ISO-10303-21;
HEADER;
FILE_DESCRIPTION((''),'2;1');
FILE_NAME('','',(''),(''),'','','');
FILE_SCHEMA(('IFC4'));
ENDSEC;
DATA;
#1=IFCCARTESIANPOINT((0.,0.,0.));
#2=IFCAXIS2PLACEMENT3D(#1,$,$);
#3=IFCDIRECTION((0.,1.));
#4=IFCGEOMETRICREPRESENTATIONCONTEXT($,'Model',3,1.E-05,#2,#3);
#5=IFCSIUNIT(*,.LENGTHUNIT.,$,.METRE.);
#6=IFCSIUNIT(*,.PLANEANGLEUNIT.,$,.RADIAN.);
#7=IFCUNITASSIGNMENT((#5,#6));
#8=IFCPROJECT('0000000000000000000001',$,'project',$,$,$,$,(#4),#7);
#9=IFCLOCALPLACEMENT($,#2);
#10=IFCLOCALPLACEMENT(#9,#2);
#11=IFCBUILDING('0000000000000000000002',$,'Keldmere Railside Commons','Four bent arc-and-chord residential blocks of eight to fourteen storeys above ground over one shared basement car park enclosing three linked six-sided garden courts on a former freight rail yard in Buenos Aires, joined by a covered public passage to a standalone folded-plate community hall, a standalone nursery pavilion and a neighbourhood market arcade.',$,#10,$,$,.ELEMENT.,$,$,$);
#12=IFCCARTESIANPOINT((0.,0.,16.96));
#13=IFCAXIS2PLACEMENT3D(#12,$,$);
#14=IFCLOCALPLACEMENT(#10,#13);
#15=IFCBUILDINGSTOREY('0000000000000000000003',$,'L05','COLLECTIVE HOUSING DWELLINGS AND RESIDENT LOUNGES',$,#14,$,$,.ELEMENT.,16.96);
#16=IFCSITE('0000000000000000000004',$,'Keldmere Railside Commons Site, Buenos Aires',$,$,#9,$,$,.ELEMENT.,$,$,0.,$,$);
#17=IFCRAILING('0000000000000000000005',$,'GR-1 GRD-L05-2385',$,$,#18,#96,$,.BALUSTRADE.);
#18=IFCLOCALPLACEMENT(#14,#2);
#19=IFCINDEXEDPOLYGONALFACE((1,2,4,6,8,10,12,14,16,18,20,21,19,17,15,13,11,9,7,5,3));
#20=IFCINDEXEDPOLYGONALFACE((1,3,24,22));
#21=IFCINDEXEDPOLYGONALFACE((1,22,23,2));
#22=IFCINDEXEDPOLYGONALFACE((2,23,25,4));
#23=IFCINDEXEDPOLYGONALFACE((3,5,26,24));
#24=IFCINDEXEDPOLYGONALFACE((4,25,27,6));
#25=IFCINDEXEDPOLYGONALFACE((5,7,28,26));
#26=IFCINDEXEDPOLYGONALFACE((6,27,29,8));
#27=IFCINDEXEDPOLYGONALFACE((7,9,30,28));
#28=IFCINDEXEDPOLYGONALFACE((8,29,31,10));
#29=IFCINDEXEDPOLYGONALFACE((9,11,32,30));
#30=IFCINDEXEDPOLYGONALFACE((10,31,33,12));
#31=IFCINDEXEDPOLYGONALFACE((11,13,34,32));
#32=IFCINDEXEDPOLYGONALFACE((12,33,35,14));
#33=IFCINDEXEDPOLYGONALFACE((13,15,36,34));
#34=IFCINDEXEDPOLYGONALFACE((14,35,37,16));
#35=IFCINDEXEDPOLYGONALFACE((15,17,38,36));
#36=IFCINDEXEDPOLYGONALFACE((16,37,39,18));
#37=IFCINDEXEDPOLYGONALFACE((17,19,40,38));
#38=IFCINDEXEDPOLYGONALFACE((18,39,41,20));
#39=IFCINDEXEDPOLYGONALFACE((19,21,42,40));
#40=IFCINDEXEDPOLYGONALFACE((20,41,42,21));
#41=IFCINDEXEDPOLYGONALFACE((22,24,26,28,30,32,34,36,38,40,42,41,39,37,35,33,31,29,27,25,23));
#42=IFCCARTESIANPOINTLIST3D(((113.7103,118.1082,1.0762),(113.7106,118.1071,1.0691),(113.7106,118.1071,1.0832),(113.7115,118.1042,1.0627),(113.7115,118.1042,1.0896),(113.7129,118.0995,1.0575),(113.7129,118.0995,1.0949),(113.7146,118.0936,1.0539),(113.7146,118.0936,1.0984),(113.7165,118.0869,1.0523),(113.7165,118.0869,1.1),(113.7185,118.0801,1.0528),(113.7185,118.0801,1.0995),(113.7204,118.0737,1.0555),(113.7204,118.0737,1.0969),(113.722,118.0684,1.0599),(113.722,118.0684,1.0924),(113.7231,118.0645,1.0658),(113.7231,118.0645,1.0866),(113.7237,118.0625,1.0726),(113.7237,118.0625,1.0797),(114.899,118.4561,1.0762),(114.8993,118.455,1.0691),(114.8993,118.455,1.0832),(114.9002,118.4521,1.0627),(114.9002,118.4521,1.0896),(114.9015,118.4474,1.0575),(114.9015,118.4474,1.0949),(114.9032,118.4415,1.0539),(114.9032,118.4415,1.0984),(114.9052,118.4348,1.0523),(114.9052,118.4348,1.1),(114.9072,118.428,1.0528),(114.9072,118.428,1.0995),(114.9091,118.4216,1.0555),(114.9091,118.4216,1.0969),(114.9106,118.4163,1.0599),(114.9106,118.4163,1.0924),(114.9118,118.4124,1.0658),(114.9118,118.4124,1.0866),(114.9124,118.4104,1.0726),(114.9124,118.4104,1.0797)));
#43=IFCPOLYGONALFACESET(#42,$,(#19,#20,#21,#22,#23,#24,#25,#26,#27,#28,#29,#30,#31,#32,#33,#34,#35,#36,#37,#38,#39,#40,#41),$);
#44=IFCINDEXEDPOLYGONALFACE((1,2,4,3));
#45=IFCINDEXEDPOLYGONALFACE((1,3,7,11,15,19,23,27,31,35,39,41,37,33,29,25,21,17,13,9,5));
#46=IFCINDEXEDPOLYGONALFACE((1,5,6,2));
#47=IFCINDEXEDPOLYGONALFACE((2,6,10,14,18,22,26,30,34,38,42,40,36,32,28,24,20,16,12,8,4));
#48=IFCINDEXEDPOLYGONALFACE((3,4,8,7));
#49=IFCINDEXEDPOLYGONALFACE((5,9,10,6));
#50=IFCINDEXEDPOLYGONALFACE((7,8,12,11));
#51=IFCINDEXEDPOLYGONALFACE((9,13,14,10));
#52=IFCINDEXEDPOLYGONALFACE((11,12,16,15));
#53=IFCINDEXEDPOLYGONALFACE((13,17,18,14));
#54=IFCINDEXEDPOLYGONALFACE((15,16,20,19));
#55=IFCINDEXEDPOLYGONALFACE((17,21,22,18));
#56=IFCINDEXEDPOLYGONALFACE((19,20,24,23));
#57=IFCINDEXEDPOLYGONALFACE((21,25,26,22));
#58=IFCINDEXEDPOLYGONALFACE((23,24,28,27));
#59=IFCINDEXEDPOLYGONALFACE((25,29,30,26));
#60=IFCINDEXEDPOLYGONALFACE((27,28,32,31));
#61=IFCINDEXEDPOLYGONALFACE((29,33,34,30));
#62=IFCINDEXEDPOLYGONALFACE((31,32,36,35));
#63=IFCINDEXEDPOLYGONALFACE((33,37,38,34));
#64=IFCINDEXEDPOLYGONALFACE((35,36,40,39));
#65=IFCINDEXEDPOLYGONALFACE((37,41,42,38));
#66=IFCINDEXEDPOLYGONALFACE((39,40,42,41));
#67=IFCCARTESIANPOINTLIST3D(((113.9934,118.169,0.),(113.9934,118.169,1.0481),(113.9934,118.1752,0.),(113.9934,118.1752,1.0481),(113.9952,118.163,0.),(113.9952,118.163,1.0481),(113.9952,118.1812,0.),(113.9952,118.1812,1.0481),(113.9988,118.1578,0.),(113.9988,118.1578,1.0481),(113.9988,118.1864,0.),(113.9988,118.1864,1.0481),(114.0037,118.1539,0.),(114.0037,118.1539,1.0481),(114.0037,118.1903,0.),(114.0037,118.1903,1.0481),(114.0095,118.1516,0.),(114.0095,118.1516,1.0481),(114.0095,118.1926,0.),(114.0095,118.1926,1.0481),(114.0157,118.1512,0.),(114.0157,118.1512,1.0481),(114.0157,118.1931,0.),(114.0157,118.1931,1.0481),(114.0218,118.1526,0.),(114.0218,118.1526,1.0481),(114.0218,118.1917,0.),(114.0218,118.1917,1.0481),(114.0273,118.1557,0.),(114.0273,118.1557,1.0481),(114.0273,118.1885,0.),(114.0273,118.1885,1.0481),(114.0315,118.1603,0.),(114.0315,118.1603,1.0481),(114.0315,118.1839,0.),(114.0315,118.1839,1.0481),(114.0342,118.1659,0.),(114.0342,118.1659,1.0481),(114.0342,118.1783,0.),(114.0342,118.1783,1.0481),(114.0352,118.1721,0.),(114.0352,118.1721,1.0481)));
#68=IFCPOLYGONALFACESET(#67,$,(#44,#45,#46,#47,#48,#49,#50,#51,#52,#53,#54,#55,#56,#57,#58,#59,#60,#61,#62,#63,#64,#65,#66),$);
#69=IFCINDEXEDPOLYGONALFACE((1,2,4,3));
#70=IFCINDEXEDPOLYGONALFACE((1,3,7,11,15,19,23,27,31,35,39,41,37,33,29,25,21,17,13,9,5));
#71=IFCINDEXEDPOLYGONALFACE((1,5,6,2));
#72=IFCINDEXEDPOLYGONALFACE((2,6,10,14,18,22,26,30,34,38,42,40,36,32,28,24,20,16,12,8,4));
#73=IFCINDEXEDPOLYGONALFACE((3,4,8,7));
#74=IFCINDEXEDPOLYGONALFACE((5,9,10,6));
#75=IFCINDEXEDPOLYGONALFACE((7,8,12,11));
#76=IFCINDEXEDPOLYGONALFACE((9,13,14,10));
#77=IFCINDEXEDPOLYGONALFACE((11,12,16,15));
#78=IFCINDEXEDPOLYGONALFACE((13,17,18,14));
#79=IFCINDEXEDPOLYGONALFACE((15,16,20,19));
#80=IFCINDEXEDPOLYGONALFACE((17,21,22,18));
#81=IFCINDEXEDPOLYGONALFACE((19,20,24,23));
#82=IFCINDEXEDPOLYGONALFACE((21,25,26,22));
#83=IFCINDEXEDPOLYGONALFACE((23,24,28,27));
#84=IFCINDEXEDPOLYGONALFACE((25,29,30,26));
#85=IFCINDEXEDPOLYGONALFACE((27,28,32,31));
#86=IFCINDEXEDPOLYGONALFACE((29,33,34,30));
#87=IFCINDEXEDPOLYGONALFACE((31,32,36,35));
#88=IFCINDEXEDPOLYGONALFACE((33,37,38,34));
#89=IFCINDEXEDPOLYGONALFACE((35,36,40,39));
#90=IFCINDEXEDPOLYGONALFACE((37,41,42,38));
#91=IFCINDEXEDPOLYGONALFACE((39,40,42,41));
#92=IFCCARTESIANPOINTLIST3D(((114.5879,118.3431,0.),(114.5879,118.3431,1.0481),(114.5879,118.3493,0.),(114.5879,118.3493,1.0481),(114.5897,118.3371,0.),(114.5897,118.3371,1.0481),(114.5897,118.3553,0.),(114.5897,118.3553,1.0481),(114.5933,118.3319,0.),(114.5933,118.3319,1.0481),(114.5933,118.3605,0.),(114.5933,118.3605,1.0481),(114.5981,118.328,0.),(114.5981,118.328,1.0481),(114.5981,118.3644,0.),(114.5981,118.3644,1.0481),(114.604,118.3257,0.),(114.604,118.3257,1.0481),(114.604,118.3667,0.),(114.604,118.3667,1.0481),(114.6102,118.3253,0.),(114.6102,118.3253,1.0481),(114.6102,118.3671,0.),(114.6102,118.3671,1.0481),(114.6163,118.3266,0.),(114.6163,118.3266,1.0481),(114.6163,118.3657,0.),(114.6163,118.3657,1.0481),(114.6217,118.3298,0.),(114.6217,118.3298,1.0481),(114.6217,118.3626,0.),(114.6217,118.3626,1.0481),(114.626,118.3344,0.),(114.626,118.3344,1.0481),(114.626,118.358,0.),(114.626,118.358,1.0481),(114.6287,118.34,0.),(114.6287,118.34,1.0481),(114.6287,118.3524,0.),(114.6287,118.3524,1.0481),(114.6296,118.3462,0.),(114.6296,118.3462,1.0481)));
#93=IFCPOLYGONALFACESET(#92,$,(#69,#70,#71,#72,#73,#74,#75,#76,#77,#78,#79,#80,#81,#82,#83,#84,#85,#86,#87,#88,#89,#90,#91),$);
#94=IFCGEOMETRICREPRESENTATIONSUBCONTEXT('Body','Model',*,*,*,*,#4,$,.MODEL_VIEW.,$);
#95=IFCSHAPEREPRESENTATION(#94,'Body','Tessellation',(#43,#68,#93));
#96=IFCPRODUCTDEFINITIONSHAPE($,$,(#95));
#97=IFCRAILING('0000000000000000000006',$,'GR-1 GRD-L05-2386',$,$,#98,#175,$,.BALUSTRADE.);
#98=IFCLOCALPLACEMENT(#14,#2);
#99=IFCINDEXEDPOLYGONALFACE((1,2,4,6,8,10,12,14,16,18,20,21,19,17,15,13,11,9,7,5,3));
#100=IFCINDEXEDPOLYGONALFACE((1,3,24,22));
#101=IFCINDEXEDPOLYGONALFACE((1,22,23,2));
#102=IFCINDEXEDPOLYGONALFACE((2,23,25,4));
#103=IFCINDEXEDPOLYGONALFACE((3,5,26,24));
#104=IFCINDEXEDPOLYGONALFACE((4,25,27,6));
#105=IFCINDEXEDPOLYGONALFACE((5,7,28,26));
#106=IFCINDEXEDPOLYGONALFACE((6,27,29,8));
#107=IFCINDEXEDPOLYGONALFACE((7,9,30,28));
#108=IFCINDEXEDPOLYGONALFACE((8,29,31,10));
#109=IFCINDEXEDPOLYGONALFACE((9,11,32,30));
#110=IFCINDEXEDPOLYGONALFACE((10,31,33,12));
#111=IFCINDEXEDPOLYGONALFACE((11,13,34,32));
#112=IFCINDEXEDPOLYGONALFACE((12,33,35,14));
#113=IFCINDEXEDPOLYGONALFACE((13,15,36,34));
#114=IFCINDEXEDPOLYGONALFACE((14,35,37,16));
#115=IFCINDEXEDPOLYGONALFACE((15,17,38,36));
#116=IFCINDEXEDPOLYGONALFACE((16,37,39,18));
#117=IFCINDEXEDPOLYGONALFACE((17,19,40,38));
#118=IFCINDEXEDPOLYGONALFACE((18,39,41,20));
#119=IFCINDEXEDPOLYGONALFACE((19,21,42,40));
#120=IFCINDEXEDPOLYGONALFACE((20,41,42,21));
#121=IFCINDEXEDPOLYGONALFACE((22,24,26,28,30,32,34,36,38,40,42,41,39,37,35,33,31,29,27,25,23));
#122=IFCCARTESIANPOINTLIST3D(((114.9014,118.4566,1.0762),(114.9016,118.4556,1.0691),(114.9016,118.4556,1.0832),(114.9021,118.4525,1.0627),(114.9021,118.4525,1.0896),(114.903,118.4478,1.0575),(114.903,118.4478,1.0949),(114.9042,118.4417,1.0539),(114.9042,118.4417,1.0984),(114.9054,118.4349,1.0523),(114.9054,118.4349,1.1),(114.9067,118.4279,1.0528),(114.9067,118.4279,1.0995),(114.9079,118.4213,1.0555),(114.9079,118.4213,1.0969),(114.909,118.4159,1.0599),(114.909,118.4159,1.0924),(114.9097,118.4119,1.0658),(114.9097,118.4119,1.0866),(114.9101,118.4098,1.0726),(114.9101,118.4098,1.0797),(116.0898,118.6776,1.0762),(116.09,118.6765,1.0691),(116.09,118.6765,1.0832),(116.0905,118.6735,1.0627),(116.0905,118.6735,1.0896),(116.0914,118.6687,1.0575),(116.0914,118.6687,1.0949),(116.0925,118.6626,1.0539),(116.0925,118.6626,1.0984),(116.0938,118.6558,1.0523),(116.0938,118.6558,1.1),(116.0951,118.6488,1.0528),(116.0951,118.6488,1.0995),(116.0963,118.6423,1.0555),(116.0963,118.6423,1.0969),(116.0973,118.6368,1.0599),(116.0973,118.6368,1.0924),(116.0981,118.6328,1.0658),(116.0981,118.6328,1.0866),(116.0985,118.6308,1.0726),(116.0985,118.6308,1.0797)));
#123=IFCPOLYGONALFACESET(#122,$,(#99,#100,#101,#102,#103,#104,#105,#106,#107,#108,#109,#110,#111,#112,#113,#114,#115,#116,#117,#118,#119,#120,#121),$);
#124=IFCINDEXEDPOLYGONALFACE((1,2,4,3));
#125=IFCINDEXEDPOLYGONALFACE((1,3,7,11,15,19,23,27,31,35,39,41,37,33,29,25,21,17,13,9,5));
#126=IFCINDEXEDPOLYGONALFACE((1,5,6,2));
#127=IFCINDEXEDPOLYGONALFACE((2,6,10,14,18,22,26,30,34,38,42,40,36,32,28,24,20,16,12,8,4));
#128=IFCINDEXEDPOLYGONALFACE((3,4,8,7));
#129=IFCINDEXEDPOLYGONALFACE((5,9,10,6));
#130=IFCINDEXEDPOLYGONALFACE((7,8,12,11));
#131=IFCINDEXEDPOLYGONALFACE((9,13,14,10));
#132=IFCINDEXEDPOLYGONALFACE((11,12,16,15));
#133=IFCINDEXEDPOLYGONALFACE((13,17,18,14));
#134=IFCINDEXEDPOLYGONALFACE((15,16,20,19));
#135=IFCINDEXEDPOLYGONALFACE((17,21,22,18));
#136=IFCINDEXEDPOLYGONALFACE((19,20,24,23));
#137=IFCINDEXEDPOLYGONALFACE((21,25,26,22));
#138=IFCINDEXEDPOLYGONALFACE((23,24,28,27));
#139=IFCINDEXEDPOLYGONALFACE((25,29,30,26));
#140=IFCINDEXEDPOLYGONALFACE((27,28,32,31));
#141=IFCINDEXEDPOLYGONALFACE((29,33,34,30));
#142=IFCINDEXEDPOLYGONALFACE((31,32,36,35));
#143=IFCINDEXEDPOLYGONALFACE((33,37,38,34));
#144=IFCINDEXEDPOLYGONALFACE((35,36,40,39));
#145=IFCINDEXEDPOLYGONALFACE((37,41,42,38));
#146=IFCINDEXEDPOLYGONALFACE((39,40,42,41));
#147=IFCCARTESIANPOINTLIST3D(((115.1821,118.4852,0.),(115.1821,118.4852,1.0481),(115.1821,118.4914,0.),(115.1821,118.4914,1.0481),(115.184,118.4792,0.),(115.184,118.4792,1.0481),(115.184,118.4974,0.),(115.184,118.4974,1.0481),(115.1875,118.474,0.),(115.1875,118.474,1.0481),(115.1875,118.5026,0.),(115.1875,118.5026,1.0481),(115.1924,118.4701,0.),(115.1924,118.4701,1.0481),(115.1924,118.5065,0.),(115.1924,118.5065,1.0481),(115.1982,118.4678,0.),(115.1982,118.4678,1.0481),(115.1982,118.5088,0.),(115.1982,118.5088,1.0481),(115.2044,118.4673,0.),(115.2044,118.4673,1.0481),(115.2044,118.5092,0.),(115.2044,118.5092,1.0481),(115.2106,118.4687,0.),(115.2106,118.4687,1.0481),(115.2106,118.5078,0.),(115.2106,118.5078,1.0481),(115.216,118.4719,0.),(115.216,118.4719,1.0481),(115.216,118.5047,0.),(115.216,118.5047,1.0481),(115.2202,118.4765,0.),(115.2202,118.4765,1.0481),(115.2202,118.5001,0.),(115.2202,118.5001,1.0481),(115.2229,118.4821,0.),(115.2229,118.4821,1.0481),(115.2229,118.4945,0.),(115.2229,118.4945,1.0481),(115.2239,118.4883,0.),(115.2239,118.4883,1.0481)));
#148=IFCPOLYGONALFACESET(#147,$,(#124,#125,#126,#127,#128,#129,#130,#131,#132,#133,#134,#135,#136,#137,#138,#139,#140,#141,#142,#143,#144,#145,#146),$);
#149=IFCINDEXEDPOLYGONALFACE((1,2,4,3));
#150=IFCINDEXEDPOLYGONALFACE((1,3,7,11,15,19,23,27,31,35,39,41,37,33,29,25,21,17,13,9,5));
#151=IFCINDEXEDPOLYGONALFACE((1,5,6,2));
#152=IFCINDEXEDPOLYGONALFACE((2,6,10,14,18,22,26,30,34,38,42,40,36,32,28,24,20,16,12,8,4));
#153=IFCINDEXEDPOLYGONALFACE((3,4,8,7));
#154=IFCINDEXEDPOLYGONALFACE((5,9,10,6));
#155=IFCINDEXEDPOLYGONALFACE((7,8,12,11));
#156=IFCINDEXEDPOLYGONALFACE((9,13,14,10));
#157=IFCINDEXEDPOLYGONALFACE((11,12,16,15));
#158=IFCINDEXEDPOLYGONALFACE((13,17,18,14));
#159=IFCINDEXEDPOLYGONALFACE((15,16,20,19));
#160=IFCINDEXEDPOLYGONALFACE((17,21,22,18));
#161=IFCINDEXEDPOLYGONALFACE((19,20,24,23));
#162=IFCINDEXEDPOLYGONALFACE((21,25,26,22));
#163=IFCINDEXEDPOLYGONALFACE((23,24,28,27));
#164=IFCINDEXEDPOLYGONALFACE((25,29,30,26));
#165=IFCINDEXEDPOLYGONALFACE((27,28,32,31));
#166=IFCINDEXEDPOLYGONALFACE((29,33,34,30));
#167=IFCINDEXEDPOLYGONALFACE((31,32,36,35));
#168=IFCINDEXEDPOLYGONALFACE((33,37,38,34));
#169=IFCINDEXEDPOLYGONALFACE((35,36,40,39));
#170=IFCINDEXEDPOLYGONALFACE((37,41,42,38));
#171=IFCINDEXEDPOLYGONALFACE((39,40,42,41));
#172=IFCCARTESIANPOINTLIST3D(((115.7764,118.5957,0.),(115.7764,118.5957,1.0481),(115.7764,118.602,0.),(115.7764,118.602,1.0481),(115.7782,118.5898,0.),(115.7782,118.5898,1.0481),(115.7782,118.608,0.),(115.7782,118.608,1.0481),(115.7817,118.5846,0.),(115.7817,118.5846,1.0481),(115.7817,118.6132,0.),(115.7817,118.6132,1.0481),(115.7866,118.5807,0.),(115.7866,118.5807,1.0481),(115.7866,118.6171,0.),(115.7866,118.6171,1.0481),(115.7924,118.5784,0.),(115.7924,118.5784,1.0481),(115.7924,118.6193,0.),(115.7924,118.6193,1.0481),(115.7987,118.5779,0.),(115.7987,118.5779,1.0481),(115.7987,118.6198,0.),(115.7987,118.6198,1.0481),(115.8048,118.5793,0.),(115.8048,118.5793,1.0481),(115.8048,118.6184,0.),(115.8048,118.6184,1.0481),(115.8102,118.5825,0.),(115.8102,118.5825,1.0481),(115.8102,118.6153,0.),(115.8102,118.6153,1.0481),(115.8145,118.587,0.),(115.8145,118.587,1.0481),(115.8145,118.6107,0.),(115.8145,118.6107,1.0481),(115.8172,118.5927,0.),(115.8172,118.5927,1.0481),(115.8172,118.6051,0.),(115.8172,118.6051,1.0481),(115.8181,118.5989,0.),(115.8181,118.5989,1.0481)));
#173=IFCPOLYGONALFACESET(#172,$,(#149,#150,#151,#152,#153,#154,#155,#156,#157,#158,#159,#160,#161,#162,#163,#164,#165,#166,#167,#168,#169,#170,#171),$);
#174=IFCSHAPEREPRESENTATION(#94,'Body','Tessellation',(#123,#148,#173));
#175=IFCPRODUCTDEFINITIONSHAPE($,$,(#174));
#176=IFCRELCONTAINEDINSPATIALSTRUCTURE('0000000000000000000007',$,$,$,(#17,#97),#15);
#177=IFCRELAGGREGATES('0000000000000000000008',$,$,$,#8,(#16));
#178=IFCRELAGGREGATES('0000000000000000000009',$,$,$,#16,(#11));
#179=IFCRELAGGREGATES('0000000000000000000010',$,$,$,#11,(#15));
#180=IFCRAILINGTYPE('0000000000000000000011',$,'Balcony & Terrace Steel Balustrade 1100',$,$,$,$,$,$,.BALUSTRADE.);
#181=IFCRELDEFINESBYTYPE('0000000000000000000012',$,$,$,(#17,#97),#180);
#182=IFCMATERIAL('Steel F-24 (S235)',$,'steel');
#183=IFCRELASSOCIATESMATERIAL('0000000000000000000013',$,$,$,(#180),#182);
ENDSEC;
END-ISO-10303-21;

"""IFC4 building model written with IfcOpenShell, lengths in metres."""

from ifc_helpers import new_model, si_unit, direction, frame, origin, origin_2d, place, context, subcontext, project, spatial, circle, extrude, material, type_object, element, save


model = new_model("IFC4")

# Units and contexts
model_context = context("Model", 3, precision=1e-05, world=origin(), true_north=direction((0.0, 1.0)))
body_context = subcontext(model_context, "Body", "Model", "MODEL_VIEW")
ifc_project = project(units=[si_unit("LENGTHUNIT", "METRE"), si_unit("PLANEANGLEUNIT", "RADIAN")], contexts=[model_context])

# Site, building, storey
site_placement = place(None, origin())
site = spatial("IfcSite", under=ifc_project, at=site_placement, Name="Keldmere Railside Commons Site, Buenos Aires", CompositionType="ELEMENT", RefElevation=0.0)
building_placement = place(site_placement, origin())
building = spatial("IfcBuilding", under=site, at=building_placement, Name="Keldmere Railside Commons", Description="Four bent arc-and-chord residential blocks of eight to fourteen storeys above ground over one shared basement car park enclosing three linked six-sided garden courts on a former freight rail yard in Buenos Aires, joined by a covered public passage to a standalone folded-plate community hall, a standalone nursery pavilion and a neighbourhood market arcade.", CompositionType="ELEMENT")
storey_placement = place(building_placement, frame((0.0, 0.0, 16.96)))
storey = spatial("IfcBuildingStorey", under=building, at=storey_placement, Name="L05", Description="COLLECTIVE HOUSING DWELLINGS AND RESIDENT LOUNGES", CompositionType="ELEMENT", Elevation=16.96)

# Shared definitions
ifc_material_1 = material(Name="Steel F-24 (S235)", Category="steel")

# Railings
railing_type = type_object("IfcRailingType", Name="Balcony & Terrace Steel Balustrade 1100", PredefinedType="BALUSTRADE", material=ifc_material_1)
railing_1_placement = place(storey_placement, frame((113.717, 118.0852, 0.0)))
element("IfcRailing", 1, at=railing_1_placement, inside=storey, type_object=railing_type, Name="GR-1 GRD-L05-2385", PredefinedType="BALUSTRADE", context=body_context, shape_type="SweptSolid", body=[
    extrude(circle(Radius=0.0239, at=origin_2d()), frame((0.0, 0.0, 1.0762), z_axis=(0.959741, 0.280885, 0.0), x_axis=(-0.280885, 0.959741, 0.0)), (0.0, 0.0, 1.0), 1.2385),
    extrude(circle(Radius=0.021, at=origin_2d()), frame((0.2971, 0.0869, 0.0)), (0.0, 0.0, 1.0), 1.0481),
    extrude(circle(Radius=0.021, at=origin_2d()), frame((0.8916, 0.261, 0.0)), (0.0, 0.0, 1.0), 1.0481),
])
railing_2_placement = place(storey_placement, frame((114.9058, 118.4331, 0.0)))
element("IfcRailing", 2, at=railing_2_placement, inside=storey, type_object=railing_type, Name="GR-1 GRD-L05-2386", PredefinedType="BALUSTRADE", context=body_context, shape_type="SweptSolid", body=[
    extrude(circle(Radius=0.0239, at=origin_2d()), frame((0.0, 0.0, 1.0762), z_axis=(0.983155, 0.182776, 0.0), x_axis=(-0.182776, 0.983155, 0.0)), (0.0, 0.0, 1.0), 1.2087),
    extrude(circle(Radius=0.021, at=origin_2d()), frame((0.2971, 0.0552, 0.0)), (0.0, 0.0, 1.0), 1.0481),
    extrude(circle(Radius=0.021, at=origin_2d()), frame((0.8914, 0.1658, 0.0)), (0.0, 0.0, 1.0), 1.0481),
])

save(model, "model.ifc")
